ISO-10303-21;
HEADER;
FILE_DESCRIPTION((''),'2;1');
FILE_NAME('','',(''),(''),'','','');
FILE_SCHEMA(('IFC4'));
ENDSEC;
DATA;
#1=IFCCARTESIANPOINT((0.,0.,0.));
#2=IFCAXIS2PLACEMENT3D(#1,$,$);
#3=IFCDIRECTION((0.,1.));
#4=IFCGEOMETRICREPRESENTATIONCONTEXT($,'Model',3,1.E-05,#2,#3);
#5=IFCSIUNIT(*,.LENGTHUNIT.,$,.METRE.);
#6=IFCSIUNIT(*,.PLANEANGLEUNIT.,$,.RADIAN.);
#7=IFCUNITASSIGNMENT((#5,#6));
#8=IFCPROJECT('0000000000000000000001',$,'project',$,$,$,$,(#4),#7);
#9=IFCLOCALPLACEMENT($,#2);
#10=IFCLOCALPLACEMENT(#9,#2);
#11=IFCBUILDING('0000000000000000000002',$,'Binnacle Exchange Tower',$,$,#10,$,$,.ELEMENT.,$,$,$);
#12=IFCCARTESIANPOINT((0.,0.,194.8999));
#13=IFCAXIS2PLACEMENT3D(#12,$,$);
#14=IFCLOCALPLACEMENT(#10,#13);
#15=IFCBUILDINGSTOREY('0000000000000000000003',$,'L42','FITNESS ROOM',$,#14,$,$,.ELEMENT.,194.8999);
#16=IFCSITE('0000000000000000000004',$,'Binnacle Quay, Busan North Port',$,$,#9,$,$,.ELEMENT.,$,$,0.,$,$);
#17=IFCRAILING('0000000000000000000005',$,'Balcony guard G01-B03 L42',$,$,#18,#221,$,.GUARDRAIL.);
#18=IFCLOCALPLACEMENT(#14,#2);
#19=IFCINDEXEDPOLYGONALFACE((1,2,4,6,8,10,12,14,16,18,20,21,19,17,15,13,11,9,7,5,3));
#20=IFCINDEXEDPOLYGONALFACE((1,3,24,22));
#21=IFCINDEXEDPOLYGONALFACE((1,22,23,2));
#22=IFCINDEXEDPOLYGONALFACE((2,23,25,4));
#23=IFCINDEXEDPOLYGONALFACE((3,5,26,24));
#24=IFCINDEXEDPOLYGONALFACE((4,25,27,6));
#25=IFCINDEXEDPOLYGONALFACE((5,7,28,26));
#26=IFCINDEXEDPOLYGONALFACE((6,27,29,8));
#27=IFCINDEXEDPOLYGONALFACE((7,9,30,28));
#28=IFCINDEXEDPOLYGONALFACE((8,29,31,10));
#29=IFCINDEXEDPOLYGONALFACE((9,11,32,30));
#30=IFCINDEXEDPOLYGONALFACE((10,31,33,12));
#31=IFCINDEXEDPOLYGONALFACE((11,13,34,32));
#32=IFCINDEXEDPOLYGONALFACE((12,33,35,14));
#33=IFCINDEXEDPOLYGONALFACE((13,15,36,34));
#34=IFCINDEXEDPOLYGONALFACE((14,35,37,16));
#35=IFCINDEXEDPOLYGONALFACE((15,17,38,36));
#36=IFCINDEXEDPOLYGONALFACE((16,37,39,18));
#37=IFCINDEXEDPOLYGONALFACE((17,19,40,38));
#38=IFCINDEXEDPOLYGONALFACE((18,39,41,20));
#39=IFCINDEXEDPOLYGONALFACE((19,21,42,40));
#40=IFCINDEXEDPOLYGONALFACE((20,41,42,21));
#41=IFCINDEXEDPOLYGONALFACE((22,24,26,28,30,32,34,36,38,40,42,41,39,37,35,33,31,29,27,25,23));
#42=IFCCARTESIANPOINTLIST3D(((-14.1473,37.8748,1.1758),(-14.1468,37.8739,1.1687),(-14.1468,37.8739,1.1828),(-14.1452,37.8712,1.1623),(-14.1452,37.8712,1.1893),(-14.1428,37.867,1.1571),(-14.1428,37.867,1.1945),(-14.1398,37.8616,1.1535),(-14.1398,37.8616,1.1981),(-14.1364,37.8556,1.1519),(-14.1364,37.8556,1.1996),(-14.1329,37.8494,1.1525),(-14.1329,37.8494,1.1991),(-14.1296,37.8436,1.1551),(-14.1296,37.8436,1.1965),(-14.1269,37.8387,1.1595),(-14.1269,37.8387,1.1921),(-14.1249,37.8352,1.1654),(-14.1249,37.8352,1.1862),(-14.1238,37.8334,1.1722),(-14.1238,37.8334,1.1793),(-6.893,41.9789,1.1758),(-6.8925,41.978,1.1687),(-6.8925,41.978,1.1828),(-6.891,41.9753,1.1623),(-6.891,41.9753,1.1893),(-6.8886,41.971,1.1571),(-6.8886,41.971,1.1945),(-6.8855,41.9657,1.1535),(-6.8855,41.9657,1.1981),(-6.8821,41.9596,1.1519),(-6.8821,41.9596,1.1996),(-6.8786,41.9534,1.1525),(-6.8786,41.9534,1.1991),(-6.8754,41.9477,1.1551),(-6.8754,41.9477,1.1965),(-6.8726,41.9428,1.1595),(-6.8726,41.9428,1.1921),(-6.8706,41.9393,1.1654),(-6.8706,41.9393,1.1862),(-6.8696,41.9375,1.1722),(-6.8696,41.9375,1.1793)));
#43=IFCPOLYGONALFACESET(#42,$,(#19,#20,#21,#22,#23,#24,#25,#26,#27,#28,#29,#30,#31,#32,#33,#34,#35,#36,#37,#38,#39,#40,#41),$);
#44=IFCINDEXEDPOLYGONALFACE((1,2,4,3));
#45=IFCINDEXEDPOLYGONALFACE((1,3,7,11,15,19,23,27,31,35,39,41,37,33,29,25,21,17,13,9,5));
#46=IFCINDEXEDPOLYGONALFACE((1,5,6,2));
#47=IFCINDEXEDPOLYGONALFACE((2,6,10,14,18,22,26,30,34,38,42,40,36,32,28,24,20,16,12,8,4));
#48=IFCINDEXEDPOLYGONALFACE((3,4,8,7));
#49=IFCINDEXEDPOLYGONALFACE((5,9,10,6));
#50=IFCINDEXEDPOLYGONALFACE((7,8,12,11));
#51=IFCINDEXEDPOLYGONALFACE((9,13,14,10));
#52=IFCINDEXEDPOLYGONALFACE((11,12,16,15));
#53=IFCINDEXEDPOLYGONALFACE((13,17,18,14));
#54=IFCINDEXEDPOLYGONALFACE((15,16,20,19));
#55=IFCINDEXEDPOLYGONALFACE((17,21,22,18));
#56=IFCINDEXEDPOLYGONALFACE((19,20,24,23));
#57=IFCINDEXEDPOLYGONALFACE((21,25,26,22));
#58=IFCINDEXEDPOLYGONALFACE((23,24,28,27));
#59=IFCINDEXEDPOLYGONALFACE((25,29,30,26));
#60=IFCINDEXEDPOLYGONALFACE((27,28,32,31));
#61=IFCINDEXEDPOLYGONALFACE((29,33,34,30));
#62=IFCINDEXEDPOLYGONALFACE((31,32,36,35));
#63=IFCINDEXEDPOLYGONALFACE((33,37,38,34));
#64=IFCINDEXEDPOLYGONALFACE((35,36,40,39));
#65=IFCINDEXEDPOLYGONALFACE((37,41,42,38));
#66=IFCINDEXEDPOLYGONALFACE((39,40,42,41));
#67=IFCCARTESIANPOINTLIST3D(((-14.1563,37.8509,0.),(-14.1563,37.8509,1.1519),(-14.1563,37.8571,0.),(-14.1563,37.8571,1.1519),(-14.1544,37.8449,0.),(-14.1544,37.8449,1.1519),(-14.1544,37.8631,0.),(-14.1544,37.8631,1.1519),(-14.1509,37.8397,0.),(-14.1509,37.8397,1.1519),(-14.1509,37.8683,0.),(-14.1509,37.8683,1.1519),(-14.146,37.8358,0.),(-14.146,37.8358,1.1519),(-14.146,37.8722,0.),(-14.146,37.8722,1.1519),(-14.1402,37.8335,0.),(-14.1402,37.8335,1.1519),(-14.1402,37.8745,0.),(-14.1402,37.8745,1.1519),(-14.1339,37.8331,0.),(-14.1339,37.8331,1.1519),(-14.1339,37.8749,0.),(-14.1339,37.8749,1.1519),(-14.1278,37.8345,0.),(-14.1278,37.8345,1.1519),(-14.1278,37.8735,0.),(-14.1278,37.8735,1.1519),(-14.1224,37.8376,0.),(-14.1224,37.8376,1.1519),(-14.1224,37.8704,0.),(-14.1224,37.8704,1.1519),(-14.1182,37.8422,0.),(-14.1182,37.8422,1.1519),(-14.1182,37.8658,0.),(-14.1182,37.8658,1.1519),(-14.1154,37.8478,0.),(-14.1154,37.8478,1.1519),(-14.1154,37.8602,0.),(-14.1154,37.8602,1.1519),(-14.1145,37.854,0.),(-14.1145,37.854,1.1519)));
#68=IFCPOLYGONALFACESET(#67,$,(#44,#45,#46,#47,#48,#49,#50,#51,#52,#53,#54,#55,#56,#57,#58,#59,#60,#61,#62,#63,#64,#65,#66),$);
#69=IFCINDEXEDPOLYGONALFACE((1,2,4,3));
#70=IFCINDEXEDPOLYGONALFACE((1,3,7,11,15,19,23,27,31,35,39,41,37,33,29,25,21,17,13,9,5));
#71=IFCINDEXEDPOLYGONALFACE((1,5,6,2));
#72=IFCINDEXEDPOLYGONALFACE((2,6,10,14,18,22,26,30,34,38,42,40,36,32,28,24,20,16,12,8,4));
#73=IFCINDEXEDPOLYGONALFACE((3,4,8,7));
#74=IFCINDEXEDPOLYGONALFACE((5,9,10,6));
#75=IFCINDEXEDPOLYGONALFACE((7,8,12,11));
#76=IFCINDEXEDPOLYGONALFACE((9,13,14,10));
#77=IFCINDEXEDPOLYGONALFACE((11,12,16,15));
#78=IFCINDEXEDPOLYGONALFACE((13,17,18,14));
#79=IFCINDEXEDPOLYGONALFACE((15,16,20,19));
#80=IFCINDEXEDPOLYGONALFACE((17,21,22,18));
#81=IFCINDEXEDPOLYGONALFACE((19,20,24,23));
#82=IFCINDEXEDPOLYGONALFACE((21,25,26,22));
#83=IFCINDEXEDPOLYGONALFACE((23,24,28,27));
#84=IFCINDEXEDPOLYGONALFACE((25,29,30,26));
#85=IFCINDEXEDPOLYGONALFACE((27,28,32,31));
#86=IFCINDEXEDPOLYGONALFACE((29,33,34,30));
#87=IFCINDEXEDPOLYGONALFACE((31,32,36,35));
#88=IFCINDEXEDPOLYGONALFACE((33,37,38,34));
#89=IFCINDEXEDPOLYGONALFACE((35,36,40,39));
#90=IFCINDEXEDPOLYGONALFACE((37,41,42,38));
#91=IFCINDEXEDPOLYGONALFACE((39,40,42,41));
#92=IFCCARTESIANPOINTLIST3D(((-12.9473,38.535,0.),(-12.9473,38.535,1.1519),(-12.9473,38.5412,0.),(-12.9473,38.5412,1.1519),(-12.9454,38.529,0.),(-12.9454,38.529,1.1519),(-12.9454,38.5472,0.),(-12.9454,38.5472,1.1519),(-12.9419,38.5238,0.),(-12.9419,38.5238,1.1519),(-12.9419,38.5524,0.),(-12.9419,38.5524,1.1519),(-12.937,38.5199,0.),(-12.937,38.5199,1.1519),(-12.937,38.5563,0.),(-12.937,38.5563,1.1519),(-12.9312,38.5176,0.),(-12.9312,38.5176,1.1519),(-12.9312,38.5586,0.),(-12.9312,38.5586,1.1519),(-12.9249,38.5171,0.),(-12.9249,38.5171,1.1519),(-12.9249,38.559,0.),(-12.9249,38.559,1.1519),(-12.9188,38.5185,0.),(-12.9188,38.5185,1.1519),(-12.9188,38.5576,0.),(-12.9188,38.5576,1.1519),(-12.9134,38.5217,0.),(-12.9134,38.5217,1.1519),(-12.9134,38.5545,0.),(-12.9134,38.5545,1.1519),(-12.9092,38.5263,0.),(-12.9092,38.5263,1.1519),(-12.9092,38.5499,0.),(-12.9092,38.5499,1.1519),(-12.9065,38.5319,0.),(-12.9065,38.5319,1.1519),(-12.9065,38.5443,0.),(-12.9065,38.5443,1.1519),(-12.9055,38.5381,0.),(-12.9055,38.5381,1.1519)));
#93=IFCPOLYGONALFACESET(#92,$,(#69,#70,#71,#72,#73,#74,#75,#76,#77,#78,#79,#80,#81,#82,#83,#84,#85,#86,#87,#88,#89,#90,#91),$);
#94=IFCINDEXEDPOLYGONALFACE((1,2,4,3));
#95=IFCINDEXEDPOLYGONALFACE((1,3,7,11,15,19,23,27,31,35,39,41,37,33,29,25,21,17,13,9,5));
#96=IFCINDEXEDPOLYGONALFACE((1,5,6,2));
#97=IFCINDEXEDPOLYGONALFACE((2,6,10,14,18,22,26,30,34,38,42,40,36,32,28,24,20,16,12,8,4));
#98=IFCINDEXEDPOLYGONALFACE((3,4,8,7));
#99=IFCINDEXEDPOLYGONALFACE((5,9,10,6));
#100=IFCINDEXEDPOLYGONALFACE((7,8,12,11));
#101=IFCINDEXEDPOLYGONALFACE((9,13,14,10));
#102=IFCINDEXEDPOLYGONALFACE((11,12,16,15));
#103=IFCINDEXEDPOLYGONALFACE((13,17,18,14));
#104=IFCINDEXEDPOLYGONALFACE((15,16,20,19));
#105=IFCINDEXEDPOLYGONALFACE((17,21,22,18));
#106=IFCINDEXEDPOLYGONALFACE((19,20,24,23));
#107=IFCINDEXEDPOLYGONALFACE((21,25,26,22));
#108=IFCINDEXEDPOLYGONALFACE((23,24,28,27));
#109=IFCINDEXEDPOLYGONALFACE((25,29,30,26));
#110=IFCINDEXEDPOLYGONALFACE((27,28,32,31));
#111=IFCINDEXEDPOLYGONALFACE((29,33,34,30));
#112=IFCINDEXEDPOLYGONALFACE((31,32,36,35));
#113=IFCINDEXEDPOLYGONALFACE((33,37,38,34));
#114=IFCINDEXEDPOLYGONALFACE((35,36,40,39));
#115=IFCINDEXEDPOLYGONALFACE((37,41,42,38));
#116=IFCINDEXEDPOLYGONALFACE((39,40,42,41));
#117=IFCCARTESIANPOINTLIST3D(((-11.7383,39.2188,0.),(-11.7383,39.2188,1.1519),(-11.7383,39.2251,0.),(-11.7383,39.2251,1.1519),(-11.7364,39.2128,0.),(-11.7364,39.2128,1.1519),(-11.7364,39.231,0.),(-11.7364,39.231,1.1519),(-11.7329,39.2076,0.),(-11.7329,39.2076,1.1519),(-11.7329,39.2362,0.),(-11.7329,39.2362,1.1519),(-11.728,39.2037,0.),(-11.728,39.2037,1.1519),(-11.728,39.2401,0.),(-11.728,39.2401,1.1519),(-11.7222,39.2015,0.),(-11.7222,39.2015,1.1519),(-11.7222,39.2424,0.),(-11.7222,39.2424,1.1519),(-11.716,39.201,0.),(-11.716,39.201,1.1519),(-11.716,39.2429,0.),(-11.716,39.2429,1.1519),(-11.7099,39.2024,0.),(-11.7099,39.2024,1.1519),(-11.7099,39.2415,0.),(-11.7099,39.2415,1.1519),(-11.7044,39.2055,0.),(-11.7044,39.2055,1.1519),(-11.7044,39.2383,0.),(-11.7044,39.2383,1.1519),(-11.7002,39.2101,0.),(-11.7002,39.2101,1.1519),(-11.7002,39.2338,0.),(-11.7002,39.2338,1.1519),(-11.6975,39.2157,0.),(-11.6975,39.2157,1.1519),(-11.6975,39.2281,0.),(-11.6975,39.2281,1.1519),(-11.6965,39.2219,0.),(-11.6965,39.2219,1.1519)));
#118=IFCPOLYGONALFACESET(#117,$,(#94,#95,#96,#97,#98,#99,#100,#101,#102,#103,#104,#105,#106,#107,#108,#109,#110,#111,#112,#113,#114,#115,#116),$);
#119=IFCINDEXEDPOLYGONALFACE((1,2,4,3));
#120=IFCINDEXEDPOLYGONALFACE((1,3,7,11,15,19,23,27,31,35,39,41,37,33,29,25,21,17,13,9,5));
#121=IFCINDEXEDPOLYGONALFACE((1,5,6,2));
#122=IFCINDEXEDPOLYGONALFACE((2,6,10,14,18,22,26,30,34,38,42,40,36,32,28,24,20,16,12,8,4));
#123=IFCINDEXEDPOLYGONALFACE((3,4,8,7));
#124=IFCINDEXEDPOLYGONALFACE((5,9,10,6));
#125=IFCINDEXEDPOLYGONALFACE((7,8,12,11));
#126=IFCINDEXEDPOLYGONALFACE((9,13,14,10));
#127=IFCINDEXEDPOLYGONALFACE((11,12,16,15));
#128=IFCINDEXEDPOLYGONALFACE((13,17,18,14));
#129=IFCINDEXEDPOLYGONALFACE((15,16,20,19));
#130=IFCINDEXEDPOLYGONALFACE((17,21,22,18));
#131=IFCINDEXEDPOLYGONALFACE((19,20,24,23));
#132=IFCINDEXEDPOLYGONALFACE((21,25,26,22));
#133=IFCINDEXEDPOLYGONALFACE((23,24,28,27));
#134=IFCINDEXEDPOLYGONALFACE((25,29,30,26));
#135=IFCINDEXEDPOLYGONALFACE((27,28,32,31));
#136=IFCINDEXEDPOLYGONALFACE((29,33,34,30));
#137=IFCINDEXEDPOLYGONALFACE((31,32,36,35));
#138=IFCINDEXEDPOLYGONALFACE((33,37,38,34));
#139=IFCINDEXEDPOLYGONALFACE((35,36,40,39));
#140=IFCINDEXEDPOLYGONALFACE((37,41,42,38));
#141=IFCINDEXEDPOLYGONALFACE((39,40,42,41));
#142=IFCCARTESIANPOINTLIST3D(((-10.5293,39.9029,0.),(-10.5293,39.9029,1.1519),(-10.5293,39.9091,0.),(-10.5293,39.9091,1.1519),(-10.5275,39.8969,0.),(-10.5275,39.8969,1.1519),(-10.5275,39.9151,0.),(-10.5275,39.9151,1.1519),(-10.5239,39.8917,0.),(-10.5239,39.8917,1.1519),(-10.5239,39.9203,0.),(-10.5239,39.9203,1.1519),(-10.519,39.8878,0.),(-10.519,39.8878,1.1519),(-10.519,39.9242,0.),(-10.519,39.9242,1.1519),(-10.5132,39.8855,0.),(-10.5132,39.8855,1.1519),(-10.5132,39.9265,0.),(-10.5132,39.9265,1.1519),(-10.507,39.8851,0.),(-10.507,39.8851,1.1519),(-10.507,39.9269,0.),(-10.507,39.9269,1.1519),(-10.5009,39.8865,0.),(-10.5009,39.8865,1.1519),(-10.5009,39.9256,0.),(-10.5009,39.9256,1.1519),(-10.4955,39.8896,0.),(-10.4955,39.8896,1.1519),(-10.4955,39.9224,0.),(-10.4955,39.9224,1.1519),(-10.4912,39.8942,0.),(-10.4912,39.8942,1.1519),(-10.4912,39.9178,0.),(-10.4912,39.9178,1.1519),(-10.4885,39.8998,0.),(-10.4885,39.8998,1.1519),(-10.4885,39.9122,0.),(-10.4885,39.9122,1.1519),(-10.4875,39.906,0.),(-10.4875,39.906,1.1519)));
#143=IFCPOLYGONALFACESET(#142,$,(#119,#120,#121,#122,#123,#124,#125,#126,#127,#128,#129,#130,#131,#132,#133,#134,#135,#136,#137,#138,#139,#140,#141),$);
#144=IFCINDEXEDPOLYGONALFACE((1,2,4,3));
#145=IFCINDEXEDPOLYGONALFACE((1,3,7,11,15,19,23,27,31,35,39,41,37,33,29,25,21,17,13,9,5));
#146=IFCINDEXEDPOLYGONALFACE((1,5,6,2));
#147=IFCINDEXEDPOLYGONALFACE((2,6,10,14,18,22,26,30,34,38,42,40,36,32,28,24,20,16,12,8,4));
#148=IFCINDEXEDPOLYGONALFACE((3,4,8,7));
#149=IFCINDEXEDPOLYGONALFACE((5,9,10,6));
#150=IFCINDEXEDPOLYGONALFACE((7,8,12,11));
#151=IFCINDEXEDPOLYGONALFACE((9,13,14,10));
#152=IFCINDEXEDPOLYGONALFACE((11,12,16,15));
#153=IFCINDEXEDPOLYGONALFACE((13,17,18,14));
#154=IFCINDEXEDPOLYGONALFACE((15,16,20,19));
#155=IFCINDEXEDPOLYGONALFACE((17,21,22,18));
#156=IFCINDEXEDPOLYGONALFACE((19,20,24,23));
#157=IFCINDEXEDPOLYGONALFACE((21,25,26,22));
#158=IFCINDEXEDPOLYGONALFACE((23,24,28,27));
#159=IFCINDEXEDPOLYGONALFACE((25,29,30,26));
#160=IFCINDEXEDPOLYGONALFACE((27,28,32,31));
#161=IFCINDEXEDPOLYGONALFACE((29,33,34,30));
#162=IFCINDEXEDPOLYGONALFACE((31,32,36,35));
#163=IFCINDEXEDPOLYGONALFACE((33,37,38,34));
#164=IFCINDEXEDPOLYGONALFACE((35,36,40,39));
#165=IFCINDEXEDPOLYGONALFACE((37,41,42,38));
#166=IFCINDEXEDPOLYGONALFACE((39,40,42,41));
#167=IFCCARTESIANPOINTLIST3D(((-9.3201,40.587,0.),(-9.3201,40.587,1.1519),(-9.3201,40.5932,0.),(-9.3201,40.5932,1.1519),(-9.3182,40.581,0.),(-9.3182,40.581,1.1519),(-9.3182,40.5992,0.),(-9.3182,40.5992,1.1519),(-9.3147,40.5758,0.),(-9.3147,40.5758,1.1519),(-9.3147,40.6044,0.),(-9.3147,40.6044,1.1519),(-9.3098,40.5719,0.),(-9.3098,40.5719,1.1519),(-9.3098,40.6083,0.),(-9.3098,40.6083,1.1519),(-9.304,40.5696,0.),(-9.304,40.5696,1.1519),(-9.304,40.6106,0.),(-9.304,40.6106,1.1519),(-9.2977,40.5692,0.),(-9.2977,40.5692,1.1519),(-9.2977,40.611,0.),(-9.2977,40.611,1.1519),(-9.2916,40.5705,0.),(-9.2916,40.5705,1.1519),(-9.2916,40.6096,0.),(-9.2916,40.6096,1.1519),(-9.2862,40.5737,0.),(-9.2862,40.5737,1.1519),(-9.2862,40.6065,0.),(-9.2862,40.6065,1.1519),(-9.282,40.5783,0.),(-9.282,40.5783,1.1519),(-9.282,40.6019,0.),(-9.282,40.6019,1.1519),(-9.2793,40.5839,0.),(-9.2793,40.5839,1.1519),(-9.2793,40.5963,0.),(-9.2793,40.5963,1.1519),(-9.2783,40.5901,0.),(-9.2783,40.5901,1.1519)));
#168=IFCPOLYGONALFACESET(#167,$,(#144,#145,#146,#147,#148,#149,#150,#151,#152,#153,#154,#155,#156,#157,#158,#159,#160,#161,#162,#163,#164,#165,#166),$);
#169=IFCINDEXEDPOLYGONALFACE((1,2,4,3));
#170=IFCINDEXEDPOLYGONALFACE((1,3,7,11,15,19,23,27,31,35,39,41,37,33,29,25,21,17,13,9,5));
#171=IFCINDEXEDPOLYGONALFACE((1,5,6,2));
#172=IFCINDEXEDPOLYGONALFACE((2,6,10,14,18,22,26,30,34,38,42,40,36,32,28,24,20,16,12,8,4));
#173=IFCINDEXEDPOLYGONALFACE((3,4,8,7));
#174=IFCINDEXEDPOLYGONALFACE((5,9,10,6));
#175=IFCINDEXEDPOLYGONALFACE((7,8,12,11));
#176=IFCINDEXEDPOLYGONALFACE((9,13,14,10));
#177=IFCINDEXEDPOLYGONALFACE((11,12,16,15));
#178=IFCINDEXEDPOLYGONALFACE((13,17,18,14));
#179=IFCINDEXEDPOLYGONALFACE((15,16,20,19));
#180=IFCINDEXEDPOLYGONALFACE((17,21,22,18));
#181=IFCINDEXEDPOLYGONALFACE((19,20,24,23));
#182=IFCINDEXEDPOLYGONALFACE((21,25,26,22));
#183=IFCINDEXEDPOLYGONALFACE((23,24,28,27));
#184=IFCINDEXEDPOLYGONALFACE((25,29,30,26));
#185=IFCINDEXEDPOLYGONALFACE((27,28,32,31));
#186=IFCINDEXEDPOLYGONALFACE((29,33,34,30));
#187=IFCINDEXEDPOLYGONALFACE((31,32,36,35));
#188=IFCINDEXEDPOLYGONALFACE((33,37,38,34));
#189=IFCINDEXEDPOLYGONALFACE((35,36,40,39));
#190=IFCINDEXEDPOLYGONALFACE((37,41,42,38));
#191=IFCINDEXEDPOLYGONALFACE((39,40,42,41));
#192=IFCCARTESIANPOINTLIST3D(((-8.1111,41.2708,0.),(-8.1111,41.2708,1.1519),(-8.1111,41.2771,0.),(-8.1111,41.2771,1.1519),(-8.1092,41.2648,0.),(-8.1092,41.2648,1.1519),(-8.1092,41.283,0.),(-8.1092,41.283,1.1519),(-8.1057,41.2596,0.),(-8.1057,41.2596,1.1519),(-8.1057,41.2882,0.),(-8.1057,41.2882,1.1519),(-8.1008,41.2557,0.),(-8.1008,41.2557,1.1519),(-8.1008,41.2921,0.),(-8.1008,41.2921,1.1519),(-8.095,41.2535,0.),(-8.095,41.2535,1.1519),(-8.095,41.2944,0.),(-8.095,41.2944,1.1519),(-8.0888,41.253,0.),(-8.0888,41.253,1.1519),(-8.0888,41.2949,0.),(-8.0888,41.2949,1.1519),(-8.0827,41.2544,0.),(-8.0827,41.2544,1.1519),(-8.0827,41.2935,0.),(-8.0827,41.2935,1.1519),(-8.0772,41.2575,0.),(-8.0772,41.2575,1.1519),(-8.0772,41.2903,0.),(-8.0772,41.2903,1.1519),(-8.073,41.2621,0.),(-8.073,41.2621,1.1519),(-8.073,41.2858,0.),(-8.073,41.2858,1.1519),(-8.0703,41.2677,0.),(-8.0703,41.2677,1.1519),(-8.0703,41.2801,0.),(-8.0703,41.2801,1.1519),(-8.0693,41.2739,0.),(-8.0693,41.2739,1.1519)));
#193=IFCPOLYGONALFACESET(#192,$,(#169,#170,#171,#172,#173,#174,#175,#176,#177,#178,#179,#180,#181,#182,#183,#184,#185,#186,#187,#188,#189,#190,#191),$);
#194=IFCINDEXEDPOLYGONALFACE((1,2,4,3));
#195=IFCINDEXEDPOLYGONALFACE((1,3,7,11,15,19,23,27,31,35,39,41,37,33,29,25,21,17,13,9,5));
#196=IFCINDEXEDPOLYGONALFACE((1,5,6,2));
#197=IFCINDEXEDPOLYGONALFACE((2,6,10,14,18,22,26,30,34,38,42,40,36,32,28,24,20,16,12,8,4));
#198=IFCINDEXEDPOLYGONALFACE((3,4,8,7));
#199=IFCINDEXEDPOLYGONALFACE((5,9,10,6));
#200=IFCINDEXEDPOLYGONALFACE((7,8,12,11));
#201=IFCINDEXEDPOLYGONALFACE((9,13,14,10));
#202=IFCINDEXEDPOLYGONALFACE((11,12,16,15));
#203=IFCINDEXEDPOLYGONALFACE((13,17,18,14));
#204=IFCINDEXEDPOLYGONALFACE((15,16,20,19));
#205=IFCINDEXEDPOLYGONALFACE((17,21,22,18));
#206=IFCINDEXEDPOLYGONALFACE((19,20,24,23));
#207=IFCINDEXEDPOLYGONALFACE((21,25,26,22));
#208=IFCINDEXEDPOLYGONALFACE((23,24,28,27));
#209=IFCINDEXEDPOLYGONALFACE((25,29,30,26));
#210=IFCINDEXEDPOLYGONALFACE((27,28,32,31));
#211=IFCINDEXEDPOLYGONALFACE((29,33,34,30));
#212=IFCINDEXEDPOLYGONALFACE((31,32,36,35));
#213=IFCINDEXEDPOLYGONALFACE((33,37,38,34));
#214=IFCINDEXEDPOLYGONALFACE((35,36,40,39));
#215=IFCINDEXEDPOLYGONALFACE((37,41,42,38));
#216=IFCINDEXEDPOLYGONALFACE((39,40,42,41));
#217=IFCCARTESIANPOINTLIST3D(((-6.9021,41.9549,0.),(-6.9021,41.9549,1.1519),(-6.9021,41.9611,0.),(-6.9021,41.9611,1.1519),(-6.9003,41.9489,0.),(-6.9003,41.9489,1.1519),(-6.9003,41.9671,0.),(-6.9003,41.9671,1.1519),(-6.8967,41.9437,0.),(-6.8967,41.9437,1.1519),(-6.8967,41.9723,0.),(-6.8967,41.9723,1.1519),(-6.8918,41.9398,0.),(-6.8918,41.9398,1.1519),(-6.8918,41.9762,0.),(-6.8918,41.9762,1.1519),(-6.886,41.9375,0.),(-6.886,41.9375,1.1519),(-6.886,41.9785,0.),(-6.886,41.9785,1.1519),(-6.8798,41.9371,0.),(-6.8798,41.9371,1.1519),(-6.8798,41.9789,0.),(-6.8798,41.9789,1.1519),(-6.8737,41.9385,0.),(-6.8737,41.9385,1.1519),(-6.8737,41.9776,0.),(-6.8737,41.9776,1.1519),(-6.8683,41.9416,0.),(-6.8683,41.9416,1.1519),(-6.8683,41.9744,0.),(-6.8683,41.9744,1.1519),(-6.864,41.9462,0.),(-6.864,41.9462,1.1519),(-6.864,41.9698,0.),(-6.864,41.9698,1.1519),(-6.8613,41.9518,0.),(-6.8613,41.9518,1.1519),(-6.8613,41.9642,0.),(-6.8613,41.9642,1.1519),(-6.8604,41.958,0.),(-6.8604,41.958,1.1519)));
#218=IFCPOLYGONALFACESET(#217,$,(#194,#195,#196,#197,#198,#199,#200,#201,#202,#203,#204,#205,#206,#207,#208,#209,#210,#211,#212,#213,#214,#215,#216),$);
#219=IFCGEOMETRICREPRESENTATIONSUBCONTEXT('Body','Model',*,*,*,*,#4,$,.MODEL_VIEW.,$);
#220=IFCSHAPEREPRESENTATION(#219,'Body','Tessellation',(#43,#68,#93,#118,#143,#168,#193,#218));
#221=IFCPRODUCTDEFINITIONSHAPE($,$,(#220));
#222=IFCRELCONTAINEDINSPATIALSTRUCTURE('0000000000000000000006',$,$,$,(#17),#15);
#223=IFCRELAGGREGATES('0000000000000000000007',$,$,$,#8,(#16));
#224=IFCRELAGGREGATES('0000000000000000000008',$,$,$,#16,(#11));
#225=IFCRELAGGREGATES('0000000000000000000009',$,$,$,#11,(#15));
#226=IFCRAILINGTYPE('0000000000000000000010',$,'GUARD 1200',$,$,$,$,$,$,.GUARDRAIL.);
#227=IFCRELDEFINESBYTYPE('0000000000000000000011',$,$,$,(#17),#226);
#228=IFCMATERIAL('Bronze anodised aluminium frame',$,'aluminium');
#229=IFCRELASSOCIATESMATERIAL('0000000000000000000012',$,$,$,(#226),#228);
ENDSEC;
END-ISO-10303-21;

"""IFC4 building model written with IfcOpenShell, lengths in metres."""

from ifc_helpers import new_model, si_unit, direction, frame, origin, origin_2d, place, context, subcontext, project, spatial, circle, extrude, material, type_object, element, save


model = new_model("IFC4")

# Units and contexts
model_context = context("Model", 3, precision=1e-05, world=origin(), true_north=direction((0.0, 1.0)))
body_context = subcontext(model_context, "Body", "Model", "MODEL_VIEW")
ifc_project = project(units=[si_unit("LENGTHUNIT", "METRE"), si_unit("PLANEANGLEUNIT", "RADIAN")], contexts=[model_context])

# Site, building, storey
site_placement = place(None, origin())
site = spatial("IfcSite", under=ifc_project, at=site_placement, Name="Binnacle Quay, Busan North Port", CompositionType="ELEMENT", RefElevation=0.0)
building_placement = place(site_placement, origin())
building = spatial("IfcBuilding", under=site, at=building_placement, Name="Binnacle Exchange Tower", CompositionType="ELEMENT")
storey_placement = place(building_placement, frame((0.0, 0.0, 194.8999)))
storey = spatial("IfcBuildingStorey", under=building, at=storey_placement, Name="L42", Description="FITNESS ROOM", CompositionType="ELEMENT", Elevation=194.8999)

# Railing
ifc_material_1 = material(Name="Bronze anodised aluminium frame", Category="aluminium")
railing_type_1 = type_object("IfcRailingType", Name="GUARD 1200", PredefinedType="GUARDRAIL", material=ifc_material_1)
railing_1_placement = place(storey_placement, frame((-14.1355, 37.854, 0.0)))
element("IfcRailing", 1, at=railing_1_placement, inside=storey, type_object=railing_type_1, Name="Balcony guard G01-B03 L42", PredefinedType="GUARDRAIL", context=body_context, shape_type="SweptSolid", body=[
    extrude(circle(Radius=0.0239, at=origin_2d()), frame((0.0, 0.0, 1.1758), z_axis=(0.870366, 0.492406, 0.0), x_axis=(-0.492406, 0.870366, 0.0)), (0.0, 0.0, 1.0), 8.3347),
    extrude(circle(Radius=0.021, at=origin_2d()), origin(), (0.0, 0.0, 1.0), 1.1519),
    extrude(circle(Radius=0.021, at=origin_2d()), frame((1.209, 0.6841, 0.0)), (0.0, 0.0, 1.0), 1.1519),
    extrude(circle(Radius=0.021, at=origin_2d()), frame((2.418, 1.3679, 0.0)), (0.0, 0.0, 1.0), 1.1519),
    extrude(circle(Radius=0.021, at=origin_2d()), frame((3.627, 2.052, 0.0)), (0.0, 0.0, 1.0), 1.1519),
    extrude(circle(Radius=0.021, at=origin_2d()), frame((4.8362, 2.7361, 0.0)), (0.0, 0.0, 1.0), 1.1519),
    extrude(circle(Radius=0.021, at=origin_2d()), frame((6.0452, 3.4199, 0.0)), (0.0, 0.0, 1.0), 1.1519),
    extrude(circle(Radius=0.021, at=origin_2d()), frame((7.2542, 4.104, 0.0)), (0.0, 0.0, 1.0), 1.1519),
])

save(model, "model.ifc")
